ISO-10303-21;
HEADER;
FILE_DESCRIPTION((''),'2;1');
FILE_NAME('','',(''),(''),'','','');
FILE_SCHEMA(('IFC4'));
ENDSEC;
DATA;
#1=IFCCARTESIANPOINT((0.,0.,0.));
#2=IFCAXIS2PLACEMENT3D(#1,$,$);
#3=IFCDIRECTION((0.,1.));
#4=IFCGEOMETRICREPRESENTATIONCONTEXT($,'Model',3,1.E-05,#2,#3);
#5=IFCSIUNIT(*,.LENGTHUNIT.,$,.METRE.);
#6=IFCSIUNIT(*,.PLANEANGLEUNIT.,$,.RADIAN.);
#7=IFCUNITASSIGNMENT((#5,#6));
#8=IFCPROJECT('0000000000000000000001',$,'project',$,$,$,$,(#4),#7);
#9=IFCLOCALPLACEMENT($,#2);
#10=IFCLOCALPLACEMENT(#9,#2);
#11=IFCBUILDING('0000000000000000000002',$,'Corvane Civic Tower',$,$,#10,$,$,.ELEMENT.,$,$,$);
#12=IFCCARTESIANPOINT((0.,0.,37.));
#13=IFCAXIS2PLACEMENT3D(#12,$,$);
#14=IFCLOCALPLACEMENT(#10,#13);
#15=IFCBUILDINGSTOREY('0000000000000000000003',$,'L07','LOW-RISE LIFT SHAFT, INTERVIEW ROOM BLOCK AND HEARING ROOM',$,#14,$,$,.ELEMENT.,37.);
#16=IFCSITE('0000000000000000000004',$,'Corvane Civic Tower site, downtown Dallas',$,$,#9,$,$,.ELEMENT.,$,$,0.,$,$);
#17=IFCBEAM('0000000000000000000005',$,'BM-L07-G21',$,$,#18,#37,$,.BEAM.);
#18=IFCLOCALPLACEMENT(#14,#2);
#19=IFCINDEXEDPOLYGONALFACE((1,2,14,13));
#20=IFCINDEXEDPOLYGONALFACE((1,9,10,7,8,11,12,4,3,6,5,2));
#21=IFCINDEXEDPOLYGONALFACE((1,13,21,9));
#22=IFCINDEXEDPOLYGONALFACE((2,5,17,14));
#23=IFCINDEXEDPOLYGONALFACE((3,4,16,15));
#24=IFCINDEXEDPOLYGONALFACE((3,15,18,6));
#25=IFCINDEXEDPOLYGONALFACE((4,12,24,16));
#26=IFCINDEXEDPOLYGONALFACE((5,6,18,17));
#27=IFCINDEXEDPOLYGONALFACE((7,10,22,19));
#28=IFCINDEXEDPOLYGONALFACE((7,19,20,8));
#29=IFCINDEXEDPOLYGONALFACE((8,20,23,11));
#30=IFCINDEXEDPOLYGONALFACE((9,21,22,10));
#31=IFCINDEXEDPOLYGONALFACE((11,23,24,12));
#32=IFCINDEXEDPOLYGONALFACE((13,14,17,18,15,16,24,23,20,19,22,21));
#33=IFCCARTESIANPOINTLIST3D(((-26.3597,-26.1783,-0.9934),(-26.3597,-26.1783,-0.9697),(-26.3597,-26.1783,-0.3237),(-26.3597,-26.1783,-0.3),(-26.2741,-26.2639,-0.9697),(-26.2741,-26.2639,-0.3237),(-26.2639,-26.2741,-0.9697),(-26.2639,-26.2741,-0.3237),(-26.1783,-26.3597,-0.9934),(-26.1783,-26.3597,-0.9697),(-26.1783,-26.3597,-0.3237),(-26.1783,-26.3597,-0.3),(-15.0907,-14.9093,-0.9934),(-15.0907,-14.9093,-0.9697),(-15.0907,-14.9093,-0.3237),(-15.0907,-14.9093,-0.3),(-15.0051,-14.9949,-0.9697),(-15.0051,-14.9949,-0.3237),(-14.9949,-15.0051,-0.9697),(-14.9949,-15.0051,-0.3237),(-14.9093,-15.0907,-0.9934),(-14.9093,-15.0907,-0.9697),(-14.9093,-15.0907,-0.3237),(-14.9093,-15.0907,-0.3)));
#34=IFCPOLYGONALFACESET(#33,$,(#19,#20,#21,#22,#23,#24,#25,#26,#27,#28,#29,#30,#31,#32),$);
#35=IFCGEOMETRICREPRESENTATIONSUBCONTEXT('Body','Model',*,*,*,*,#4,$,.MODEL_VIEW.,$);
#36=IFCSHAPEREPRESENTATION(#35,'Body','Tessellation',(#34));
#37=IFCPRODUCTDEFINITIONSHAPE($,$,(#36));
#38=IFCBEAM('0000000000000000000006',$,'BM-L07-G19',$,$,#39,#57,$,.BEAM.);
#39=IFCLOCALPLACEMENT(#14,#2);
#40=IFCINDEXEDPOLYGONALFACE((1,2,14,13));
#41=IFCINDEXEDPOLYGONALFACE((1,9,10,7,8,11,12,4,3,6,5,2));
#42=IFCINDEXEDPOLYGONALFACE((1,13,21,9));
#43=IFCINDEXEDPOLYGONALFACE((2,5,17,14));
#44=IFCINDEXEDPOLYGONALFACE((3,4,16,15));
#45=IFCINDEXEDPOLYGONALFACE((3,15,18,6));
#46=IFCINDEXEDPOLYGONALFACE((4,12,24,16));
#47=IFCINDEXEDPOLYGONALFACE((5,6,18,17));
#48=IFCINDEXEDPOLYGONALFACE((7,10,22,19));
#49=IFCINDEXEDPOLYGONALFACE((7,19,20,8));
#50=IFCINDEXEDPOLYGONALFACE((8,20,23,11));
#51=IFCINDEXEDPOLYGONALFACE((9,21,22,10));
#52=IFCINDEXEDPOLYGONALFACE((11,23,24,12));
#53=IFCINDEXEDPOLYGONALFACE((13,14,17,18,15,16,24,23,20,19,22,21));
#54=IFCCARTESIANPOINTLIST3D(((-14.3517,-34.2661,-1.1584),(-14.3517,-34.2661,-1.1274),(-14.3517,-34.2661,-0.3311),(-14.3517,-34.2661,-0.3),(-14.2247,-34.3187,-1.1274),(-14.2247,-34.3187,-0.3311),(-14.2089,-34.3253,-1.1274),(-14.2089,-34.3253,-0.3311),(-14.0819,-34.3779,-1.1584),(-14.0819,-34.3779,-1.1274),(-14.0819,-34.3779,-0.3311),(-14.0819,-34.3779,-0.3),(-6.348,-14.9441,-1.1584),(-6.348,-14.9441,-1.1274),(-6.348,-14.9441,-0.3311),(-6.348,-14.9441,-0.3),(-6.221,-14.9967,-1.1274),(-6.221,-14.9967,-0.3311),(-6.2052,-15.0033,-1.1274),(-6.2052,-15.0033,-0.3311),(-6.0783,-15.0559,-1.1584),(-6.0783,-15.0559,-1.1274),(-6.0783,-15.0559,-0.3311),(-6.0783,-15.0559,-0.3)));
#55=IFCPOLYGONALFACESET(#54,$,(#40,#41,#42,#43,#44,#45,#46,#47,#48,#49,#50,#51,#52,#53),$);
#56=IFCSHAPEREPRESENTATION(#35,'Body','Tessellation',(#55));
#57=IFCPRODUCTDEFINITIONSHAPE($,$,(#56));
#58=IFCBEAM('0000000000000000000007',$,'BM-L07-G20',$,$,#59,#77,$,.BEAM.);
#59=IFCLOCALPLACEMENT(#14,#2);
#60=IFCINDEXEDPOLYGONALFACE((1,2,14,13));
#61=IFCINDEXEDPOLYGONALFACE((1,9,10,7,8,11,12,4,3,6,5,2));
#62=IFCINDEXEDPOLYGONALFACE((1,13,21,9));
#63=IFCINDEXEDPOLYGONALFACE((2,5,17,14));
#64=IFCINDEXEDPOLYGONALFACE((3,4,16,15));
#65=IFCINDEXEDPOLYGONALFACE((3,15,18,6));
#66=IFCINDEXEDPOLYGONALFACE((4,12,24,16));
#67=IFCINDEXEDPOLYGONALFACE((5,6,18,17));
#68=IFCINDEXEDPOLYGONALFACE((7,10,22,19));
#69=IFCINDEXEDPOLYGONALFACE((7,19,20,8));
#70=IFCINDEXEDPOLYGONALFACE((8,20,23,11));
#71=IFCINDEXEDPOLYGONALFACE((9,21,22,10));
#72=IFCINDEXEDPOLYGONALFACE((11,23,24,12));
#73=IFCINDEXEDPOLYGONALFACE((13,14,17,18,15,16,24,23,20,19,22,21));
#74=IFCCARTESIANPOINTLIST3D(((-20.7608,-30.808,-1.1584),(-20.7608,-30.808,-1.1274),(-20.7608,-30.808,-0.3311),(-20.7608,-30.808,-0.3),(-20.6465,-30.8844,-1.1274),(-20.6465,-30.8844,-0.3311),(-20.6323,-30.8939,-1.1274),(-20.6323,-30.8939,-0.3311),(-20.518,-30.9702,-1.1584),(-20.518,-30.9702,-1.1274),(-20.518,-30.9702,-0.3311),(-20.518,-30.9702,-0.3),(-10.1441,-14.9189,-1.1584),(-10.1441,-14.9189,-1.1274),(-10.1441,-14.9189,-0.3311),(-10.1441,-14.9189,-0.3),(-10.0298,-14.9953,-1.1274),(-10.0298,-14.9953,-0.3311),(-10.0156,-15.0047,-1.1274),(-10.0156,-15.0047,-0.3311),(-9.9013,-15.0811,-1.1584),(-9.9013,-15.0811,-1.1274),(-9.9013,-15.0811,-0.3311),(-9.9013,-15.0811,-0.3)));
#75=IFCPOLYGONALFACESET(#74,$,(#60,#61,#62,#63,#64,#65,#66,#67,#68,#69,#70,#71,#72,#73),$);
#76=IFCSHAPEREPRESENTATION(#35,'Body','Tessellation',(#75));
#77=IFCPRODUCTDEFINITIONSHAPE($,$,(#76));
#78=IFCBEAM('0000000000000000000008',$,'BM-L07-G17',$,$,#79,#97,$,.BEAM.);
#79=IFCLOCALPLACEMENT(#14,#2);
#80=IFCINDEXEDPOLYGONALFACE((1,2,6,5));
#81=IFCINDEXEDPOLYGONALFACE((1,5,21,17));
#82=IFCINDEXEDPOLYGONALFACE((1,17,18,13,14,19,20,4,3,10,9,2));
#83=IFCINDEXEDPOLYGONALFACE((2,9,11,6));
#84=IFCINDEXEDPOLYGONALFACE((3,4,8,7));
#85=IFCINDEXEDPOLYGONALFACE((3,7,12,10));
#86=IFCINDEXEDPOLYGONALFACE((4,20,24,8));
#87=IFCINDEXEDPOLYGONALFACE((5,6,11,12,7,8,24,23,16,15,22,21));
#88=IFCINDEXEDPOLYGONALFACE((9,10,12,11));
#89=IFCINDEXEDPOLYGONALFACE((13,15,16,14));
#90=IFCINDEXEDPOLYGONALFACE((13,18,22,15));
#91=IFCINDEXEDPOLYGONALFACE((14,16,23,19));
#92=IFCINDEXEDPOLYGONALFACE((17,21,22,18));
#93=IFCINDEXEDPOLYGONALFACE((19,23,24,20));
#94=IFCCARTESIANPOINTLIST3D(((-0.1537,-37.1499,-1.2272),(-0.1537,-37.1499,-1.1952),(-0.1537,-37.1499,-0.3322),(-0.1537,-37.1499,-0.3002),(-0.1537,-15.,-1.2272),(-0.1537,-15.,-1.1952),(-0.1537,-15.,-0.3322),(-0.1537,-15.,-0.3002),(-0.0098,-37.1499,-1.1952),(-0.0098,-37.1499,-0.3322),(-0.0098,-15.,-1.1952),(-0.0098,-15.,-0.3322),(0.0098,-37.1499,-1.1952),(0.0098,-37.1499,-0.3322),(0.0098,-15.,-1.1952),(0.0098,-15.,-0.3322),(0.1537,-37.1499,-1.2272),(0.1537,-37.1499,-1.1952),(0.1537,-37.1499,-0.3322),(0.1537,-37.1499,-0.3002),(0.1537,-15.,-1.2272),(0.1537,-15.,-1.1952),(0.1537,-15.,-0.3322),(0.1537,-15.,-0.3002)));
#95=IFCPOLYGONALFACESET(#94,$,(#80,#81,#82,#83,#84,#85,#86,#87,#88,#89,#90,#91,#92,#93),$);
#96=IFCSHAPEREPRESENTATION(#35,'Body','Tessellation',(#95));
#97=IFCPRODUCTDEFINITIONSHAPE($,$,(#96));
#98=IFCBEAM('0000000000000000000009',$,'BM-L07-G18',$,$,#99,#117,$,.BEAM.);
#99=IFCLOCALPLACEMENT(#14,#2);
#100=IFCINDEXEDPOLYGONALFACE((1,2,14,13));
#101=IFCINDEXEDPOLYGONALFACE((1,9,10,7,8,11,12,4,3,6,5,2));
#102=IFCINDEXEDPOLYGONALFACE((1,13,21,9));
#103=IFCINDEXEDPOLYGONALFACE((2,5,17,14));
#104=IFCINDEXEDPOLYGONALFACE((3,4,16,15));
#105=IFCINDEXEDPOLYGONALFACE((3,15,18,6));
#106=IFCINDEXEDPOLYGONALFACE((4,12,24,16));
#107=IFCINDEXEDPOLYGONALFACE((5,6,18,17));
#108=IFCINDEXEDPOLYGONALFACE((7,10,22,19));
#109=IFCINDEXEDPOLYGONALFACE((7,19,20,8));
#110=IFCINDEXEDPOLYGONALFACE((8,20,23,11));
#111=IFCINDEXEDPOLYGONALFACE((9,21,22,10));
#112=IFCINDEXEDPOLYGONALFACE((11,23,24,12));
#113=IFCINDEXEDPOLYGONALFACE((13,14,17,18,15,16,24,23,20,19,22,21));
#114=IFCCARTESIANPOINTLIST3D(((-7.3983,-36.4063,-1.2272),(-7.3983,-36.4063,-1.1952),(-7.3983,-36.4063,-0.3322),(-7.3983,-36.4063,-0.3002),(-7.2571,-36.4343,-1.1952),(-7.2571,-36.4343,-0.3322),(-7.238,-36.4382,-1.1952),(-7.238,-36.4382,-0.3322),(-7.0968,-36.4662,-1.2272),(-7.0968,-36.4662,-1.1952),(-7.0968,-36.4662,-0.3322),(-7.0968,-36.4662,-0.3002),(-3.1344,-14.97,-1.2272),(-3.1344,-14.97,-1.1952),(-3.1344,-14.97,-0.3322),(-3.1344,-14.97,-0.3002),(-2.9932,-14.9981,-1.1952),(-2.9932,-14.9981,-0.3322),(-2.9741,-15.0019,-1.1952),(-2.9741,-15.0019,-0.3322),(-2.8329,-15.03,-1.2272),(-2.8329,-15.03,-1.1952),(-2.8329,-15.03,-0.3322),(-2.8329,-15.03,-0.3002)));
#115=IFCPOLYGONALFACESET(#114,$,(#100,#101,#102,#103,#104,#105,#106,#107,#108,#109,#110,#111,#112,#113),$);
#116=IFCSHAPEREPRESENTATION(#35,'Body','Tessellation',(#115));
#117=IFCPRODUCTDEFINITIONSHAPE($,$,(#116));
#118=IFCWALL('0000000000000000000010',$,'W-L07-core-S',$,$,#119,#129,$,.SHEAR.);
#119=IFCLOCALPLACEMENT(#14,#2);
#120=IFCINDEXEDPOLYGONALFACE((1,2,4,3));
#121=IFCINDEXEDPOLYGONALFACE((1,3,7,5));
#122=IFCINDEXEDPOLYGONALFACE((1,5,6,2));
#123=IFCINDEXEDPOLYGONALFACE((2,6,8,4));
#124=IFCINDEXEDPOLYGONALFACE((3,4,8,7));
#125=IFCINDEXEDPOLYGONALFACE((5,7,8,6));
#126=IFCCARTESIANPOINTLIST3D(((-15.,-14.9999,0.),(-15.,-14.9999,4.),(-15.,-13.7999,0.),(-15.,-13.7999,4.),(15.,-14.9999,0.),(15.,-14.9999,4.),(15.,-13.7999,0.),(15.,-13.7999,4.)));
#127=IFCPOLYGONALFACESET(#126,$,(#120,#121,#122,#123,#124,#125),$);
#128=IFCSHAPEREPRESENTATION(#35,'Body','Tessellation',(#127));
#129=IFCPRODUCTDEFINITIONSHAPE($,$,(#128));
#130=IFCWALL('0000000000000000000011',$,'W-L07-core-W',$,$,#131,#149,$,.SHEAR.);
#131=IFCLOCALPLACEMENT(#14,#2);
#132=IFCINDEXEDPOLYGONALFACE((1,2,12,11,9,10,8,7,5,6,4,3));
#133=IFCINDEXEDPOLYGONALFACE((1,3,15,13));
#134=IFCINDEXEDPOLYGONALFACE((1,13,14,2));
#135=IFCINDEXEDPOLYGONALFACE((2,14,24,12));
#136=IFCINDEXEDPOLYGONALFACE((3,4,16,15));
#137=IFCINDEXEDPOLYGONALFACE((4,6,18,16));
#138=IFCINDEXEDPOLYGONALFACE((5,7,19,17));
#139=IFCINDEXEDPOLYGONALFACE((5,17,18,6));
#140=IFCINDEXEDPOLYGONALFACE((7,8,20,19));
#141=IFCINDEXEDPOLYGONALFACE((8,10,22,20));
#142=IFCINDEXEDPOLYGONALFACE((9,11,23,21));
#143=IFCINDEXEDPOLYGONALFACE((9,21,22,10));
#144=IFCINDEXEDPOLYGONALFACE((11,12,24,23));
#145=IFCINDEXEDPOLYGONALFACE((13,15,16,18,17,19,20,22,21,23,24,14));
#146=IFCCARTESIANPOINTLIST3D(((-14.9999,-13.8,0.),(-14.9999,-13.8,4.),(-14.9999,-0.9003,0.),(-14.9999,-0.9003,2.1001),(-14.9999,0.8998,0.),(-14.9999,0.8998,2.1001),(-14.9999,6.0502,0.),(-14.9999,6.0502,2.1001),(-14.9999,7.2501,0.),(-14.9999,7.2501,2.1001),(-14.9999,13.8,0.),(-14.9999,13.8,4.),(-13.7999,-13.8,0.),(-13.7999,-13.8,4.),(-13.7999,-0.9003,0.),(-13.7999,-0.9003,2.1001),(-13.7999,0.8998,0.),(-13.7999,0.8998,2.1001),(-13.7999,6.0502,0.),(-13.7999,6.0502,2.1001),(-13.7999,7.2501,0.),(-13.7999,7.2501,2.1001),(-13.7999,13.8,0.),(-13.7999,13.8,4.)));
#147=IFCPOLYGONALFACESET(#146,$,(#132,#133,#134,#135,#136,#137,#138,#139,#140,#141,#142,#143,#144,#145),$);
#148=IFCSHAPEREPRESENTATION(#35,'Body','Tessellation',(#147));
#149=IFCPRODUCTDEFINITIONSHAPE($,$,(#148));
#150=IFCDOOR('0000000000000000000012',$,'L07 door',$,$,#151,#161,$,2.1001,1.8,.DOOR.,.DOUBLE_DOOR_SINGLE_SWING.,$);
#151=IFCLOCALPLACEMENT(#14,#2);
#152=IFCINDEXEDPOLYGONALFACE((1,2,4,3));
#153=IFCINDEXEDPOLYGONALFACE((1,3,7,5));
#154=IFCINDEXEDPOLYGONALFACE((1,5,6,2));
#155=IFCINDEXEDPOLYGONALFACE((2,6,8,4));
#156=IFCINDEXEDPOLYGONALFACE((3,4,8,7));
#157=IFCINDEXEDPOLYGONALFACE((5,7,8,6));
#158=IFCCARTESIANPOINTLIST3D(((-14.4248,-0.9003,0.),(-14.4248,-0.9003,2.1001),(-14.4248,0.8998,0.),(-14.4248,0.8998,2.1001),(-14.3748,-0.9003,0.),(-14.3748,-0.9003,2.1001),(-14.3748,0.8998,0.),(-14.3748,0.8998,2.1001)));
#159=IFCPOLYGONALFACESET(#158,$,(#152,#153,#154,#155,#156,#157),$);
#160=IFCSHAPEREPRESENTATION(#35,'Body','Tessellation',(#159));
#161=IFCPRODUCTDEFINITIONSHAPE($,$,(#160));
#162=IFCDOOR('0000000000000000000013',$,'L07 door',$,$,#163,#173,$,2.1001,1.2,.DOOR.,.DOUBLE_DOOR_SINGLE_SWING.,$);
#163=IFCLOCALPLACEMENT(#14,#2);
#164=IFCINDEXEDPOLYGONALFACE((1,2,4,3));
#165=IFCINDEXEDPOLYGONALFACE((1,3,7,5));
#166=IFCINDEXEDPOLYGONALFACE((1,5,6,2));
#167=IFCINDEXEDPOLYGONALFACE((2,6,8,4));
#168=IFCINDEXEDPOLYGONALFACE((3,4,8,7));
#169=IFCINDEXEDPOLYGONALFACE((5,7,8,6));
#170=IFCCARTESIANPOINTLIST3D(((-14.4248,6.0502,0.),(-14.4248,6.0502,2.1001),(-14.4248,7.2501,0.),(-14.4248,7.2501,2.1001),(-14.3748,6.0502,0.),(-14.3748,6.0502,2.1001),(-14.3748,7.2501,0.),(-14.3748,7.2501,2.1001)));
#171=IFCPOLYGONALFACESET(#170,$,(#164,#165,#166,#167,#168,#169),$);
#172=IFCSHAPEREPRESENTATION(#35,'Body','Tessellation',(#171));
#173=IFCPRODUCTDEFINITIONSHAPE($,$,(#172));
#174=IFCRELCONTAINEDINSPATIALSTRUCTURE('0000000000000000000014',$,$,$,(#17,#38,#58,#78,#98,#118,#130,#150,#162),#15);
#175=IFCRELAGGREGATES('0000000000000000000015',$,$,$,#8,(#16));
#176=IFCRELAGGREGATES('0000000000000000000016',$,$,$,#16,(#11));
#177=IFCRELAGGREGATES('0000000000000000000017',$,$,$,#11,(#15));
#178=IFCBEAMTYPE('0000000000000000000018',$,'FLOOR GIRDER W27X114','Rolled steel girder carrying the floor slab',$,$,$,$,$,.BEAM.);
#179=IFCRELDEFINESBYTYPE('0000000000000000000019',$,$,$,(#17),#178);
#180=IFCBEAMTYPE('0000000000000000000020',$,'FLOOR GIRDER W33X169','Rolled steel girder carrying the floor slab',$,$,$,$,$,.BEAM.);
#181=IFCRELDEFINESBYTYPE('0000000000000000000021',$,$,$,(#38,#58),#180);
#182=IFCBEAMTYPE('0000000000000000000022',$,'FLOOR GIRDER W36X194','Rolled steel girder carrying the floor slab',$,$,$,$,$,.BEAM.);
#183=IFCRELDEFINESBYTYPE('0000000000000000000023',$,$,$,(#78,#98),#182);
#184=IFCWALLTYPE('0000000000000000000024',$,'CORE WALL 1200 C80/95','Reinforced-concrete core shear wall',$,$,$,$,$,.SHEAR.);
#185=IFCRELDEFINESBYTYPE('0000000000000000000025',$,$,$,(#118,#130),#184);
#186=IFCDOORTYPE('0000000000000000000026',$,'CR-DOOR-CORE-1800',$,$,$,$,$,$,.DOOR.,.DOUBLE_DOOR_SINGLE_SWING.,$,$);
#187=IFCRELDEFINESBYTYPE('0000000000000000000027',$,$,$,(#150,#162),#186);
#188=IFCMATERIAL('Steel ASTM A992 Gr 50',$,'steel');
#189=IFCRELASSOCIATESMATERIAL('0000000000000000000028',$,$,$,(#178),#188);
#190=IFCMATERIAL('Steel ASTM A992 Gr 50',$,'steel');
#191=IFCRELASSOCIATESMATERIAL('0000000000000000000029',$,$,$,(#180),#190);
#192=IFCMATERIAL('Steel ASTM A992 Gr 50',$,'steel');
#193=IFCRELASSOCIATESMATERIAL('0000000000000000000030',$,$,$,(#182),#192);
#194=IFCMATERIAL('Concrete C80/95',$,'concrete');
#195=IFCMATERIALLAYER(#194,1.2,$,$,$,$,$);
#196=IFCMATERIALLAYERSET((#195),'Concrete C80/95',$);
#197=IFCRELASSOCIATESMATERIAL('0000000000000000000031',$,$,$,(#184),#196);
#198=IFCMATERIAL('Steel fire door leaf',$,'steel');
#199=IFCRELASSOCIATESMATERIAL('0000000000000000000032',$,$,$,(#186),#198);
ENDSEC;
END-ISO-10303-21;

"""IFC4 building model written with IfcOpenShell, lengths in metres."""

from ifc_helpers import new_model, si_unit, direction, frame, frame_2d, origin, origin_2d, place, context, subcontext, project, spatial, rectangle, i_section, extrude, material, layer, layer_set, material_profile, profile_set, type_object, element, fill, save


model = new_model("IFC4")

# Units and contexts
model_context = context("Model", 3, precision=1e-05, world=origin(), true_north=direction((0.0, 1.0)))
body_context = subcontext(model_context, "Body", "Model", "MODEL_VIEW")
ifc_project = project(units=[si_unit("LENGTHUNIT", "METRE"), si_unit("PLANEANGLEUNIT", "RADIAN")], contexts=[model_context])

# Site, building, storey
site_placement = place(None, origin())
site = spatial("IfcSite", under=ifc_project, at=site_placement, Name="Corvane Civic Tower site, downtown Dallas", CompositionType="ELEMENT", RefElevation=0.0)
building_placement = place(site_placement, origin())
building = spatial("IfcBuilding", under=site, at=building_placement, Name="Corvane Civic Tower", CompositionType="ELEMENT")
storey_placement = place(building_placement, frame((0.0, 0.0, 37.0)))
storey = spatial("IfcBuildingStorey", under=building, at=storey_placement, Name="L07", Description="LOW-RISE LIFT SHAFT, INTERVIEW ROOM BLOCK AND HEARING ROOM", CompositionType="ELEMENT", Elevation=37.0)

# Beams
ifc_material_1 = material(Name="Steel ASTM A992 Gr 50", Category="steel")
ifc_material_profile_1 = material_profile(ifc_material_1, i_section(OverallWidth=0.2566, OverallDepth=0.6934, WebThickness=0.0144, FlangeThickness=0.0237, at=origin_2d()), Name="W27X114")
ifc_profile_set_1 = profile_set([ifc_material_profile_1], Name="Steel ASTM A992 Gr 50")
beam_type_1 = type_object("IfcBeamType", Name="FLOOR GIRDER W27X114", Description="Rolled steel girder carrying the floor slab", PredefinedType="BEAM", material=ifc_profile_set_1)
beam_1_placement = place(storey_placement, frame((-15.0, -15.0, -0.6467), z_axis=(-0.707107, -0.707107, 0.0), x_axis=(0.707107, -0.707107, 0.0)))
element("IfcBeam", 1, at=beam_1_placement, inside=storey, type_object=beam_type_1, Name="BM-L07-G21", PredefinedType="BEAM", context=body_context, shape_type="SweptSolid", body=[
    extrude(i_section(OverallWidth=0.2566, OverallDepth=0.6934, WebThickness=0.0144, FlangeThickness=0.0237, at=origin_2d()), origin(), (0.0, 0.0, 1.0), 15.9368),
])
ifc_material_2 = material(Name="Steel ASTM A992 Gr 50", Category="steel")
ifc_material_profile_2 = material_profile(ifc_material_2, i_section(OverallWidth=0.292, OverallDepth=0.8584, WebThickness=0.0171, FlangeThickness=0.031, at=origin_2d()), Name="W33X169")
ifc_profile_set_2 = profile_set([ifc_material_profile_2], Name="Steel ASTM A992 Gr 50")
beam_type_2 = type_object("IfcBeamType", Name="FLOOR GIRDER W33X169", Description="Rolled steel girder carrying the floor slab", PredefinedType="BEAM", material=ifc_profile_set_2)
beam_2_placement = place(storey_placement, frame((-6.2131, -15.0, -0.7292), z_axis=(-0.382692, -0.923876, 0.0), x_axis=(0.923876, -0.382692, 0.0)))
element("IfcBeam", 2, at=beam_2_placement, inside=storey, type_object=beam_type_2, Name="BM-L07-G19", PredefinedType="BEAM", context=body_context, shape_type="SweptSolid", body=[
    extrude(i_section(OverallWidth=0.292, OverallDepth=0.8584, WebThickness=0.0171, FlangeThickness=0.031, at=origin_2d()), origin(), (0.0, 0.0, 1.0), 20.9141),
])
beam_3_placement = place(storey_placement, frame((-10.0227, -15.0, -0.7292), z_axis=(-0.555567, -0.831472, 0.0), x_axis=(0.831472, -0.555567, 0.0)))
element("IfcBeam", 3, at=beam_3_placement, inside=storey, type_object=beam_type_2, Name="BM-L07-G20", PredefinedType="BEAM", context=body_context, shape_type="SweptSolid", body=[
    extrude(i_section(OverallWidth=0.292, OverallDepth=0.8584, WebThickness=0.0171, FlangeThickness=0.031, at=origin_2d()), origin(), (0.0, 0.0, 1.0), 19.1096),
])
ifc_material_3 = material(Name="Steel ASTM A992 Gr 50", Category="steel")
ifc_material_profile_3 = material_profile(ifc_material_3, i_section(OverallWidth=0.3074, OverallDepth=0.927, WebThickness=0.0195, FlangeThickness=0.032, at=origin_2d()), Name="W36X194")
ifc_profile_set_3 = profile_set([ifc_material_profile_3], Name="Steel ASTM A992 Gr 50")
beam_type_3 = type_object("IfcBeamType", Name="FLOOR GIRDER W36X194", Description="Rolled steel girder carrying the floor slab", PredefinedType="BEAM", material=ifc_profile_set_3)
beam_4_placement = place(storey_placement, frame((0.0, -15.0, -0.7637), z_axis=(0.0, -1.0, 0.0), x_axis=(1.0, 0.0, 0.0)))
element("IfcBeam", 4, at=beam_4_placement, inside=storey, type_object=beam_type_3, Name="BM-L07-G17", PredefinedType="BEAM", context=body_context, shape_type="SweptSolid", body=[
    extrude(i_section(OverallWidth=0.3074, OverallDepth=0.927, WebThickness=0.0195, FlangeThickness=0.032, at=origin_2d()), origin(), (0.0, 0.0, 1.0), 22.1499),
])
beam_5_placement = place(storey_placement, frame((-2.9836, -15.0, -0.7637), z_axis=(-0.195089, -0.980785, 0.0), x_axis=(0.980785, -0.195089, 0.0)))
element("IfcBeam", 5, at=beam_5_placement, inside=storey, type_object=beam_type_3, Name="BM-L07-G18", PredefinedType="BEAM", context=body_context, shape_type="SweptSolid", body=[
    extrude(i_section(OverallWidth=0.3074, OverallDepth=0.927, WebThickness=0.0195, FlangeThickness=0.032, at=origin_2d()), origin(), (0.0, 0.0, 1.0), 21.8562),
])

# Wall
ifc_material_4 = material(Name="Concrete C80/95", Category="concrete")
ifc_layer_1 = layer(ifc_material_4, 1.2)
ifc_layer_set_1 = layer_set([ifc_layer_1], Name="Concrete C80/95")
wall_type_1 = type_object("IfcWallType", Name="CORE WALL 1200 C80/95", Description="Reinforced-concrete core shear wall", PredefinedType="SHEAR", material=ifc_layer_set_1)
wall_1_placement = place(storey_placement, frame((-15.0, -14.3999, 0.0), z_axis=(0.0, 0.0, 1.0), x_axis=(1.0, 0.0, 0.0)))
element("IfcWall", 6, at=wall_1_placement, inside=storey, type_object=wall_type_1, Name="W-L07-core-S", PredefinedType="SHEAR", context=body_context, shape_type="SweptSolid", body=[
    extrude(rectangle(XDim=30.0, YDim=1.2, at=frame_2d((15.0, 0.0))), origin(), (0.0, 0.0, 1.0), 4.0),
])

# Wall, openings, doors
wall_2_placement = place(storey_placement, frame((-14.3999, -13.8, 0.0), z_axis=(0.0, 0.0, 1.0), x_axis=(0.0, 1.0, 0.0)))
wall_2 = element("IfcWall", 7, at=wall_2_placement, inside=storey, type_object=wall_type_1, Name="W-L07-core-W", PredefinedType="SHEAR", context=body_context, shape_type="SweptSolid", body=[
    extrude(rectangle(XDim=27.6001, YDim=1.2, at=frame_2d((13.8, 0.0))), origin(), (0.0, 0.0, 1.0), 4.0),
])
opening_1_placement = place(wall_2_placement, frame((12.8999, 0.0, 0.0)))
opening_1 = element("IfcOpeningElement", 8, at=opening_1_placement, cuts=wall_2, PredefinedType="OPENING", context=body_context, shape_type="SweptSolid", body=[
    extrude(rectangle(XDim=1.8, YDim=2.1001, at=frame_2d((0.8999, 1.05))), frame((0.0, 0.6099, 0.0), z_axis=(0.0, -1.0, 0.0), x_axis=(1.0, 0.0, 0.0)), (0.0, 0.0, 1.0), 1.22),
])
opening_2_placement = place(wall_2_placement, frame((19.8501, 0.0, 0.0)))
opening_2 = element("IfcOpeningElement", 9, at=opening_2_placement, cuts=wall_2, PredefinedType="OPENING", context=body_context, shape_type="SweptSolid", body=[
    extrude(rectangle(XDim=1.2, YDim=2.1001, at=frame_2d((0.6001, 1.05))), frame((0.0, 0.6099, 0.0), z_axis=(0.0, -1.0, 0.0), x_axis=(1.0, 0.0, 0.0)), (0.0, 0.0, 1.0), 1.22),
])
ifc_material_5 = material(Name="Steel fire door leaf", Category="steel")
door_type_1 = type_object("IfcDoorType", Name="CR-DOOR-CORE-1800", OperationType="DOUBLE_DOOR_SINGLE_SWING", PredefinedType="DOOR", material=ifc_material_5)
door_1_placement = place(opening_1_placement, origin())
door_1 = element("IfcDoor", 10, at=door_1_placement, inside=storey, type_object=door_type_1, Name="L07 door", OperationType="DOUBLE_DOOR_SINGLE_SWING", OverallHeight=2.1001, OverallWidth=1.8, PredefinedType="DOOR", context=body_context, shape_type="SweptSolid", body=[
    extrude(rectangle(XDim=1.8, YDim=2.1001, at=frame_2d((0.8999, 1.05))), frame((0.0, 0.0249, 0.0), z_axis=(0.0, -1.0, 0.0), x_axis=(1.0, 0.0, 0.0)), (0.0, 0.0, 1.0), 0.05),
])
fill(opening_1, door_1)
door_2_placement = place(opening_2_placement, origin())
door_2 = element("IfcDoor", 11, at=door_2_placement, inside=storey, type_object=door_type_1, Name="L07 door", OperationType="DOUBLE_DOOR_SINGLE_SWING", OverallHeight=2.1001, OverallWidth=1.2, PredefinedType="DOOR", context=body_context, shape_type="SweptSolid", body=[
    extrude(rectangle(XDim=1.2, YDim=2.1001, at=frame_2d((0.6001, 1.05))), frame((0.0, 0.0249, 0.0), z_axis=(0.0, -1.0, 0.0), x_axis=(1.0, 0.0, 0.0)), (0.0, 0.0, 1.0), 0.05),
])
fill(opening_2, door_2)

save(model, "model.ifc")
